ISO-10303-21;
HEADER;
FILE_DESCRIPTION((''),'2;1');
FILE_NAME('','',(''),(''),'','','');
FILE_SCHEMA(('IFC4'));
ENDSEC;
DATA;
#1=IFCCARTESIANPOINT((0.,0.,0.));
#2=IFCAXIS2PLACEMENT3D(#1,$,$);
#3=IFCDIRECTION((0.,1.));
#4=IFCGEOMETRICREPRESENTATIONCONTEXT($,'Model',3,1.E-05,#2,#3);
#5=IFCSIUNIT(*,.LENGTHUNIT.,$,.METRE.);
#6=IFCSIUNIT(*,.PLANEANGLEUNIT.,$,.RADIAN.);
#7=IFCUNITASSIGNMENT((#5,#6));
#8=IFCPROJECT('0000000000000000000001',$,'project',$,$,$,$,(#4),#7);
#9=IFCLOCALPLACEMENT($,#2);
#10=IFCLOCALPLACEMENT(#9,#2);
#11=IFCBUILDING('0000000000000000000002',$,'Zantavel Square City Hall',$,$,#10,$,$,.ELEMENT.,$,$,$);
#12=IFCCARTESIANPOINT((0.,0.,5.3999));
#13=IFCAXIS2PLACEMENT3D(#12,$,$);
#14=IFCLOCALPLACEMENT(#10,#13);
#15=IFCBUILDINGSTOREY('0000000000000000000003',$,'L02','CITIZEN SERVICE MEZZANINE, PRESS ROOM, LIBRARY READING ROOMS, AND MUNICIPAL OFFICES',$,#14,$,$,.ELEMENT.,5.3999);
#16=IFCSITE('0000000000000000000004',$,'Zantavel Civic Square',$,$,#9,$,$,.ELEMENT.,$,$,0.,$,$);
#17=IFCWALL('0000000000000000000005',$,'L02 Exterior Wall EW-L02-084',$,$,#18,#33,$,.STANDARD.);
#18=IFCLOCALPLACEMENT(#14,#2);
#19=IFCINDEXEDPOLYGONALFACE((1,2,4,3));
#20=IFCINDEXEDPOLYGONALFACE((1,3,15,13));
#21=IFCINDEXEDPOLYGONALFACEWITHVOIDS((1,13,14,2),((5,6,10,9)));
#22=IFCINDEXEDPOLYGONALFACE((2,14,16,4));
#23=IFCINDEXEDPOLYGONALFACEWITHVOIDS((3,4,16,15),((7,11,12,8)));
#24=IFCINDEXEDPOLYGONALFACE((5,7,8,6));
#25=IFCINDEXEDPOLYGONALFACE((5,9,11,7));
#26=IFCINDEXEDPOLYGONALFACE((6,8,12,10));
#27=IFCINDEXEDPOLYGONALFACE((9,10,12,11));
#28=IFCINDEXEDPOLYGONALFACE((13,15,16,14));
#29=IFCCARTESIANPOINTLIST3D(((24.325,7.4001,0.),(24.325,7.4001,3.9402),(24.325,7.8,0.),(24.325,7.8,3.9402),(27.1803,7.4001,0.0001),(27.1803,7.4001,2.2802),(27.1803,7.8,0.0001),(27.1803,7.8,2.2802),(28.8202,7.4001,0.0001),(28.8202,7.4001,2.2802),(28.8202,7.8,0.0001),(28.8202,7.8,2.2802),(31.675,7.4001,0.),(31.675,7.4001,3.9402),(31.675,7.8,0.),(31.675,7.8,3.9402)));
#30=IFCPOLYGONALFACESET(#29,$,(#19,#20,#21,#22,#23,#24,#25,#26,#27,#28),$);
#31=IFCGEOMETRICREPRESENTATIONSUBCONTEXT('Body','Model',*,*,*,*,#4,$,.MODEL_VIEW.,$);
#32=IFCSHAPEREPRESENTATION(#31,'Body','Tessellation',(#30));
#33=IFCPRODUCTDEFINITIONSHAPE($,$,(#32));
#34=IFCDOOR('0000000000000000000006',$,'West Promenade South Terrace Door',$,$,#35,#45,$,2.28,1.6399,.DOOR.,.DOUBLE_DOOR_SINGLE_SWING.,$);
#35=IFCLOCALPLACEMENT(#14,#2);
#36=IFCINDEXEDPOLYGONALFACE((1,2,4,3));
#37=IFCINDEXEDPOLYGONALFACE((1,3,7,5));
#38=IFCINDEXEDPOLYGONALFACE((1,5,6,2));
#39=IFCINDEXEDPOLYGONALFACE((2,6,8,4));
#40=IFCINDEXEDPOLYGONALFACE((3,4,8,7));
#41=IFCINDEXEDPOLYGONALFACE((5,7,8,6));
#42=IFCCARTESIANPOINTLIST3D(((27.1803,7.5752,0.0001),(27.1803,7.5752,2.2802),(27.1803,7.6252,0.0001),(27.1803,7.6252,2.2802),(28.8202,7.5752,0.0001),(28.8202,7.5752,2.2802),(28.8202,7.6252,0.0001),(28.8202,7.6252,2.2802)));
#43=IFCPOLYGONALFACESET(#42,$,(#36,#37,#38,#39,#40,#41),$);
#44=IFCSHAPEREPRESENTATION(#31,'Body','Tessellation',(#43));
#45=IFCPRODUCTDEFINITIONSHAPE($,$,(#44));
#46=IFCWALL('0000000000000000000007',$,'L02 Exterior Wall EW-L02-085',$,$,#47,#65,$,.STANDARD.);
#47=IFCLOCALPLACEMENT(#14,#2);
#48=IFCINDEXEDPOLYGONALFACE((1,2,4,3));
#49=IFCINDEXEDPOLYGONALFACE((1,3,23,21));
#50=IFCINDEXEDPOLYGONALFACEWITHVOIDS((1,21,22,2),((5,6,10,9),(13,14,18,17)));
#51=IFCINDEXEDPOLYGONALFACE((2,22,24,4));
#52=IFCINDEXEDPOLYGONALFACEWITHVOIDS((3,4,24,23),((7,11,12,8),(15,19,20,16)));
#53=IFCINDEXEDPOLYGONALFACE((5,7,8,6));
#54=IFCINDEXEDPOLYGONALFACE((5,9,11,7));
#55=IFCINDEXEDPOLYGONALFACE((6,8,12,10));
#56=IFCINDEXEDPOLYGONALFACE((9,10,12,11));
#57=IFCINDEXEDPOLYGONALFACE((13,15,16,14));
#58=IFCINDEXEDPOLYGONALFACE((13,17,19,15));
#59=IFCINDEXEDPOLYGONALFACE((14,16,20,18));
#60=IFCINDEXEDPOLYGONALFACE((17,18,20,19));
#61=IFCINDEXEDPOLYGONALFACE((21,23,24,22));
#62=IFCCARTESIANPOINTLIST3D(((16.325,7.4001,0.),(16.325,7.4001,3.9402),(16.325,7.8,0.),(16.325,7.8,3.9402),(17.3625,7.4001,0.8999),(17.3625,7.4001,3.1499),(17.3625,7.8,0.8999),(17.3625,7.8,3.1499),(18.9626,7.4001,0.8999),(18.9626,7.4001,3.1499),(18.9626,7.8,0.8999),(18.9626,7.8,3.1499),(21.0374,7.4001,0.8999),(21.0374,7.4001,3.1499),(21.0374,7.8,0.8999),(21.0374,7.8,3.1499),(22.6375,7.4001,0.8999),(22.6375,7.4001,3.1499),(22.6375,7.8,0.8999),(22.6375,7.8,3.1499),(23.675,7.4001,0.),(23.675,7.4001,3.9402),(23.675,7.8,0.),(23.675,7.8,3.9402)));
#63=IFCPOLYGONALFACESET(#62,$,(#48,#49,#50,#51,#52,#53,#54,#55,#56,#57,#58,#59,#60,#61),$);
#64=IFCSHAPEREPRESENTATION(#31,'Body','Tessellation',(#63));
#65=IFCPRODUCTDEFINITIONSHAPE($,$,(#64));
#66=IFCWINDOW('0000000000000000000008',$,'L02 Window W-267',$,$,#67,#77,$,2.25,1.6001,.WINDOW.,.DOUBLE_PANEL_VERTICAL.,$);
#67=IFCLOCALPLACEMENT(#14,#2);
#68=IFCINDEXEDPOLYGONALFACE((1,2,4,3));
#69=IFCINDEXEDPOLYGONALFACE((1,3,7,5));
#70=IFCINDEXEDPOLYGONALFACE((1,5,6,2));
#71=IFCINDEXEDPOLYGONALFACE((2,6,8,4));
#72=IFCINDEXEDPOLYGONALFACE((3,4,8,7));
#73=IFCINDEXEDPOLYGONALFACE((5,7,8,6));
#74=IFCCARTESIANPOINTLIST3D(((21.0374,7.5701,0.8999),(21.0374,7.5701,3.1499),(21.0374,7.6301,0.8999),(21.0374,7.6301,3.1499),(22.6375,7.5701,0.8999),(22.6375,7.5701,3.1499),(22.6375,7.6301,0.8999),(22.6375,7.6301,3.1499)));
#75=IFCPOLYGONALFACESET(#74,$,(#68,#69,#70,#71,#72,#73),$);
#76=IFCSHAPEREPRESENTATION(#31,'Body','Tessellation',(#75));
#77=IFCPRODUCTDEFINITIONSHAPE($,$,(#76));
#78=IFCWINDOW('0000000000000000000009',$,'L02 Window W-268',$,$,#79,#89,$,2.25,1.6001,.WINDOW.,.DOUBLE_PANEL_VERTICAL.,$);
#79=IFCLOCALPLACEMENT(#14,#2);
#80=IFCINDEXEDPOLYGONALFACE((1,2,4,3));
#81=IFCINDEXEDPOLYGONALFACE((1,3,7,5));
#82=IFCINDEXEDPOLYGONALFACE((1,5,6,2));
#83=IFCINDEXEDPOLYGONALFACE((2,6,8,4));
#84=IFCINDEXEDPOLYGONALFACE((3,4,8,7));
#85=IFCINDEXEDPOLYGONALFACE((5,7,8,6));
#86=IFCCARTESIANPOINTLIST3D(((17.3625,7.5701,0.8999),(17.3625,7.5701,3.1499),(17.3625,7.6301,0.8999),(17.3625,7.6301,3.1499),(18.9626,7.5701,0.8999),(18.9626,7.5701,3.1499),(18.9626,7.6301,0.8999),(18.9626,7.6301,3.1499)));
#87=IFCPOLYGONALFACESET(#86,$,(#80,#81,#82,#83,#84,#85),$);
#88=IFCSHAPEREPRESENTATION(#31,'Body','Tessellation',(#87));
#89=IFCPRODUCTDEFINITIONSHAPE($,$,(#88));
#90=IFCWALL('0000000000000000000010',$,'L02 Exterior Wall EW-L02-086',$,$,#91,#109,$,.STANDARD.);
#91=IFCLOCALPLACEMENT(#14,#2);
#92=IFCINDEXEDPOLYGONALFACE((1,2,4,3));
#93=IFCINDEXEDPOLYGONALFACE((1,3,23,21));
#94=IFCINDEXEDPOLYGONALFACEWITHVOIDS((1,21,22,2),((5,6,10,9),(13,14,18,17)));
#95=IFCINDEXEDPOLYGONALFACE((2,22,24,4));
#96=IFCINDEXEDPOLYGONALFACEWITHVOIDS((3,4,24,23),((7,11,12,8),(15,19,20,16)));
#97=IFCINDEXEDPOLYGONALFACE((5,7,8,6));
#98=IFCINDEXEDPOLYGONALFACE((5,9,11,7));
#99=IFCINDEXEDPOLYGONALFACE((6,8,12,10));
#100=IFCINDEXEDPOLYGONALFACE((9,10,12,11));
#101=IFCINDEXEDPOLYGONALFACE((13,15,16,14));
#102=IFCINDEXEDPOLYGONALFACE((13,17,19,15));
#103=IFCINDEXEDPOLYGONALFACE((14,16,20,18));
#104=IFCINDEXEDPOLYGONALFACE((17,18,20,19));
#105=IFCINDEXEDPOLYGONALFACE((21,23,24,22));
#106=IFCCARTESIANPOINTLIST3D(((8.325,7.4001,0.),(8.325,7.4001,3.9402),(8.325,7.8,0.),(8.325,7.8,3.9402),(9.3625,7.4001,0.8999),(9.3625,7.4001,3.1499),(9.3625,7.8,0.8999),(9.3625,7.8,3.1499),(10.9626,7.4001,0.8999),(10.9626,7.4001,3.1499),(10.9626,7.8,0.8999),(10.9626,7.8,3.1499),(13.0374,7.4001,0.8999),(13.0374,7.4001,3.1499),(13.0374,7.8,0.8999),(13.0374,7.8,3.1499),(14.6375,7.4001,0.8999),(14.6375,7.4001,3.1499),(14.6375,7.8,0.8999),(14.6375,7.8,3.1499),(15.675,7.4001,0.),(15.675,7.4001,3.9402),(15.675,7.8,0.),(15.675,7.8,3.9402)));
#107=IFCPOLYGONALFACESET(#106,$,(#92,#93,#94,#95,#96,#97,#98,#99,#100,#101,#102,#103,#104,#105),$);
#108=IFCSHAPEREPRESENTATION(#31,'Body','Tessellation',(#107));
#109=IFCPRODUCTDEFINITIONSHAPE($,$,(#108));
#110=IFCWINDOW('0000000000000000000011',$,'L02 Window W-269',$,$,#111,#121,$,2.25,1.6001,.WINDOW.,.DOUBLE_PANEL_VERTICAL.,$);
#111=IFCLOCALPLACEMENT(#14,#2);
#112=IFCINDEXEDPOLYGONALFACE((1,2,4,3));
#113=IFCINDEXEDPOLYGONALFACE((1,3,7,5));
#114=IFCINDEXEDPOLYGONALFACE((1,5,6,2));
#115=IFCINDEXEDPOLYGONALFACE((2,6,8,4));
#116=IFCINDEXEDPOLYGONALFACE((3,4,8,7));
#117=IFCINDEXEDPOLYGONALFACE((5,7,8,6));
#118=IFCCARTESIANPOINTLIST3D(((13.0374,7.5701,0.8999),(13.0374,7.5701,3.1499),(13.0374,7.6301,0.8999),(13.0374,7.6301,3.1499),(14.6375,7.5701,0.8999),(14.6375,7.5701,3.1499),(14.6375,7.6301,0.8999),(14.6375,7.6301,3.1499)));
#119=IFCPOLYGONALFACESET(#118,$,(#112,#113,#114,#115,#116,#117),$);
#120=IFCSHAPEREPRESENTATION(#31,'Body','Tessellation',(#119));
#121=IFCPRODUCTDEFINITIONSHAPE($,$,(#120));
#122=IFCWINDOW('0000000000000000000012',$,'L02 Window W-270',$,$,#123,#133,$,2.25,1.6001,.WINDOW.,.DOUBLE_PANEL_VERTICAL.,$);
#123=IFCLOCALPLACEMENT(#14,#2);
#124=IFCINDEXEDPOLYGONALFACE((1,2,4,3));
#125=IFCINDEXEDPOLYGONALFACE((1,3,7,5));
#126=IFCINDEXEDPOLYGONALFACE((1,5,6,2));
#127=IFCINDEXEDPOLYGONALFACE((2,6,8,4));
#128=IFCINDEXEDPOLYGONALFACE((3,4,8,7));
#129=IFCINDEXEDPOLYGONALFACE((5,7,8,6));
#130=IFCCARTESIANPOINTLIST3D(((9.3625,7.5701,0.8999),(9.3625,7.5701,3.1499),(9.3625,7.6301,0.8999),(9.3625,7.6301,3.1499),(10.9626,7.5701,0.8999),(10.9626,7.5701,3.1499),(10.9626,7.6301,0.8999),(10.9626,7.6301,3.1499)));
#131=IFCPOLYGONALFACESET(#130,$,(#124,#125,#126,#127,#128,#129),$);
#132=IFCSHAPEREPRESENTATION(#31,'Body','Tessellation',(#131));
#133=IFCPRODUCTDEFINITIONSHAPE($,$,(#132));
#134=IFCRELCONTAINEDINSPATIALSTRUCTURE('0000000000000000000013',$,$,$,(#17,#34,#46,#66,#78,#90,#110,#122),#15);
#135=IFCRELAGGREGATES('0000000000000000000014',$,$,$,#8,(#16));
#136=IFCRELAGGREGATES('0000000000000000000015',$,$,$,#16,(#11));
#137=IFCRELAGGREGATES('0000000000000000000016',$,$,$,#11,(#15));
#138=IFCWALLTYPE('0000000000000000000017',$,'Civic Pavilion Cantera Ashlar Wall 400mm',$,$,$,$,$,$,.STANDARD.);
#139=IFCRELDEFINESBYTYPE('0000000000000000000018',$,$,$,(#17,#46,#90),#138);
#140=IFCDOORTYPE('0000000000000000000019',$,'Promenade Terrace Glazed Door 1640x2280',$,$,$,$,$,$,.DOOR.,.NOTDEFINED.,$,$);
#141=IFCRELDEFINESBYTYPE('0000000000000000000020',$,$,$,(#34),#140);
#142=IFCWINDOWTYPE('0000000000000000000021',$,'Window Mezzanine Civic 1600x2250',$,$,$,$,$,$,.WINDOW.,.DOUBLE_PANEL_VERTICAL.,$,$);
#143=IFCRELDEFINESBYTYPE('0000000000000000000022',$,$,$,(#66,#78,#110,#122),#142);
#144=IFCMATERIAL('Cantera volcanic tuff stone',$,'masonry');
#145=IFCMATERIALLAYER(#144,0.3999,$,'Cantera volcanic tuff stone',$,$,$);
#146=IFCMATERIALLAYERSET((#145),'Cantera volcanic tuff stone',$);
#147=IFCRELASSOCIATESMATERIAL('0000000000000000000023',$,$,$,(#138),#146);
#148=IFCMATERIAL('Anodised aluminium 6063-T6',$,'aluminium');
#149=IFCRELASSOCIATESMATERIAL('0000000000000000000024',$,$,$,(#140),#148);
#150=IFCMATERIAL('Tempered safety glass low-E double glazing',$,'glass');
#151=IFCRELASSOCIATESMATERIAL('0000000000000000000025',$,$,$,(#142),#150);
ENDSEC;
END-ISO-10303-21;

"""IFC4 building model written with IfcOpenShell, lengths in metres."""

from ifc_helpers import new_model, si_unit, direction, frame, frame_2d, origin, place, context, subcontext, project, spatial, rectangle, extrude, material, layer, layer_set, type_object, element, fill, save


model = new_model("IFC4")

# Units and contexts
model_context = context("Model", 3, precision=1e-05, world=origin(), true_north=direction((0.0, 1.0)))
body_context = subcontext(model_context, "Body", "Model", "MODEL_VIEW")
ifc_project = project(units=[si_unit("LENGTHUNIT", "METRE"), si_unit("PLANEANGLEUNIT", "RADIAN")], contexts=[model_context])

# Site, building, storey
site_placement = place(None, origin())
site = spatial("IfcSite", under=ifc_project, at=site_placement, Name="Zantavel Civic Square", CompositionType="ELEMENT", RefElevation=0.0)
building_placement = place(site_placement, origin())
building = spatial("IfcBuilding", under=site, at=building_placement, Name="Zantavel Square City Hall", CompositionType="ELEMENT")
storey_placement = place(building_placement, frame((0.0, 0.0, 5.3999)))
storey = spatial("IfcBuildingStorey", under=building, at=storey_placement, Name="L02", Description="CITIZEN SERVICE MEZZANINE, PRESS ROOM, LIBRARY READING ROOMS, AND MUNICIPAL OFFICES", CompositionType="ELEMENT", Elevation=5.3999)

# Wall, opening, door
ifc_material_1 = material(Name="Cantera volcanic tuff stone", Category="masonry")
ifc_layer_1 = layer(ifc_material_1, 0.3999, Name="Cantera volcanic tuff stone")
ifc_layer_set_1 = layer_set([ifc_layer_1], Name="Cantera volcanic tuff stone")
wall_type_1 = type_object("IfcWallType", Name="Civic Pavilion Cantera Ashlar Wall 400mm", PredefinedType="STANDARD", material=ifc_layer_set_1)
wall_1_placement = place(storey_placement, frame((31.675, 7.6001, 0.0), z_axis=(0.0, 0.0, 1.0), x_axis=(-1.0, 0.0, 0.0)))
wall_1 = element("IfcWall", 1, at=wall_1_placement, inside=storey, type_object=wall_type_1, Name="L02 Exterior Wall EW-L02-084", PredefinedType="STANDARD", context=body_context, shape_type="SweptSolid", body=[
    extrude(rectangle(XDim=7.3501, YDim=0.3999, at=frame_2d((3.675, 0.0))), origin(), (0.0, 0.0, 1.0), 3.9402),
])
opening_1_placement = place(wall_1_placement, frame((2.855, 0.0, 0.0)))
opening_1 = element("IfcOpeningElement", 2, at=opening_1_placement, cuts=wall_1, PredefinedType="OPENING", context=body_context, shape_type="SweptSolid", body=[
    extrude(rectangle(XDim=1.6399, YDim=2.28, at=frame_2d((0.8198, 1.1401))), frame((0.0, 0.21, 0.0), z_axis=(0.0, -1.0, 0.0), x_axis=(1.0, 0.0, 0.0)), (0.0, 0.0, 1.0), 0.4199),
])
ifc_material_2 = material(Name="Anodised aluminium 6063-T6", Category="aluminium")
door_type = type_object("IfcDoorType", Name="Promenade Terrace Glazed Door 1640x2280", OperationType="NOTDEFINED", PredefinedType="DOOR", material=ifc_material_2)
door_placement = place(opening_1_placement, origin())
door = element("IfcDoor", 3, at=door_placement, inside=storey, type_object=door_type, Name="West Promenade South Terrace Door", OperationType="DOUBLE_DOOR_SINGLE_SWING", OverallHeight=2.28, OverallWidth=1.6399, PredefinedType="DOOR", context=body_context, shape_type="SweptSolid", body=[
    extrude(rectangle(XDim=1.6399, YDim=2.28, at=frame_2d((0.8198, 1.1401))), frame((0.0, 0.0249, 0.0), z_axis=(0.0, -1.0, 0.0), x_axis=(1.0, 0.0, 0.0)), (0.0, 0.0, 1.0), 0.05),
])
fill(opening_1, door)

# Walls, openings, windows
wall_2_placement = place(storey_placement, frame((23.675, 7.6001, 0.0), z_axis=(0.0, 0.0, 1.0), x_axis=(-1.0, 0.0, 0.0)))
wall_2 = element("IfcWall", 4, at=wall_2_placement, inside=storey, type_object=wall_type_1, Name="L02 Exterior Wall EW-L02-085", PredefinedType="STANDARD", context=body_context, shape_type="SweptSolid", body=[
    extrude(rectangle(XDim=7.3501, YDim=0.3999, at=frame_2d((3.675, 0.0))), origin(), (0.0, 0.0, 1.0), 3.9402),
])
opening_2_placement = place(wall_2_placement, frame((1.0376, 0.0, 0.8999)))
opening_2 = element("IfcOpeningElement", 5, at=opening_2_placement, cuts=wall_2, PredefinedType="OPENING", context=body_context, shape_type="SweptSolid", body=[
    extrude(rectangle(XDim=1.6001, YDim=2.25, at=frame_2d((0.8, 1.125))), frame((0.0, 0.21, 0.0), z_axis=(0.0, -1.0, 0.0), x_axis=(1.0, 0.0, 0.0)), (0.0, 0.0, 1.0), 0.4199),
])
opening_3_placement = place(wall_2_placement, frame((4.7124, 0.0, 0.8999)))
opening_3 = element("IfcOpeningElement", 6, at=opening_3_placement, cuts=wall_2, PredefinedType="OPENING", context=body_context, shape_type="SweptSolid", body=[
    extrude(rectangle(XDim=1.6001, YDim=2.25, at=frame_2d((0.8, 1.125))), frame((0.0, 0.21, 0.0), z_axis=(0.0, -1.0, 0.0), x_axis=(1.0, 0.0, 0.0)), (0.0, 0.0, 1.0), 0.4199),
])
ifc_material_3 = material(Name="Tempered safety glass low-E double glazing", Category="glass")
window_type_1 = type_object("IfcWindowType", Name="Window Mezzanine Civic 1600x2250", PartitioningType="DOUBLE_PANEL_VERTICAL", PredefinedType="WINDOW", material=ifc_material_3)
window_1_placement = place(opening_2_placement, origin())
window_1 = element("IfcWindow", 7, at=window_1_placement, inside=storey, type_object=window_type_1, Name="L02 Window W-267", OverallHeight=2.25, OverallWidth=1.6001, PartitioningType="DOUBLE_PANEL_VERTICAL", PredefinedType="WINDOW", context=body_context, shape_type="SweptSolid", body=[
    extrude(rectangle(XDim=1.6001, YDim=2.25, at=frame_2d((0.8, 1.125))), frame((0.0, 0.03, 0.0), z_axis=(0.0, -1.0, 0.0), x_axis=(1.0, 0.0, 0.0)), (0.0, 0.0, 1.0), 0.0601),
])
fill(opening_2, window_1)
window_2_placement = place(opening_3_placement, origin())
window_2 = element("IfcWindow", 8, at=window_2_placement, inside=storey, type_object=window_type_1, Name="L02 Window W-268", OverallHeight=2.25, OverallWidth=1.6001, PartitioningType="DOUBLE_PANEL_VERTICAL", PredefinedType="WINDOW", context=body_context, shape_type="SweptSolid", body=[
    extrude(rectangle(XDim=1.6001, YDim=2.25, at=frame_2d((0.8, 1.125))), frame((0.0, 0.03, 0.0), z_axis=(0.0, -1.0, 0.0), x_axis=(1.0, 0.0, 0.0)), (0.0, 0.0, 1.0), 0.0601),
])
fill(opening_3, window_2)
wall_3_placement = place(storey_placement, frame((15.675, 7.6001, 0.0), z_axis=(0.0, 0.0, 1.0), x_axis=(-1.0, 0.0, 0.0)))
wall_3 = element("IfcWall", 9, at=wall_3_placement, inside=storey, type_object=wall_type_1, Name="L02 Exterior Wall EW-L02-086", PredefinedType="STANDARD", context=body_context, shape_type="SweptSolid", body=[
    extrude(rectangle(XDim=7.3501, YDim=0.3999, at=frame_2d((3.675, 0.0))), origin(), (0.0, 0.0, 1.0), 3.9402),
])
opening_4_placement = place(wall_3_placement, frame((1.0376, 0.0, 0.8999)))
opening_4 = element("IfcOpeningElement", 10, at=opening_4_placement, cuts=wall_3, PredefinedType="OPENING", context=body_context, shape_type="SweptSolid", body=[
    extrude(rectangle(XDim=1.6001, YDim=2.25, at=frame_2d((0.8, 1.125))), frame((0.0, 0.21, 0.0), z_axis=(0.0, -1.0, 0.0), x_axis=(1.0, 0.0, 0.0)), (0.0, 0.0, 1.0), 0.4199),
])
opening_5_placement = place(wall_3_placement, frame((4.7124, 0.0, 0.8999)))
opening_5 = element("IfcOpeningElement", 11, at=opening_5_placement, cuts=wall_3, PredefinedType="OPENING", context=body_context, shape_type="SweptSolid", body=[
    extrude(rectangle(XDim=1.6001, YDim=2.25, at=frame_2d((0.8, 1.125))), frame((0.0, 0.21, 0.0), z_axis=(0.0, -1.0, 0.0), x_axis=(1.0, 0.0, 0.0)), (0.0, 0.0, 1.0), 0.4199),
])
window_3_placement = place(opening_4_placement, origin())
window_3 = element("IfcWindow", 12, at=window_3_placement, inside=storey, type_object=window_type_1, Name="L02 Window W-269", OverallHeight=2.25, OverallWidth=1.6001, PartitioningType="DOUBLE_PANEL_VERTICAL", PredefinedType="WINDOW", context=body_context, shape_type="SweptSolid", body=[
    extrude(rectangle(XDim=1.6001, YDim=2.25, at=frame_2d((0.8, 1.125))), frame((0.0, 0.03, 0.0), z_axis=(0.0, -1.0, 0.0), x_axis=(1.0, 0.0, 0.0)), (0.0, 0.0, 1.0), 0.0601),
])
fill(opening_4, window_3)
window_4_placement = place(opening_5_placement, origin())
window_4 = element("IfcWindow", 13, at=window_4_placement, inside=storey, type_object=window_type_1, Name="L02 Window W-270", OverallHeight=2.25, OverallWidth=1.6001, PartitioningType="DOUBLE_PANEL_VERTICAL", PredefinedType="WINDOW", context=body_context, shape_type="SweptSolid", body=[
    extrude(rectangle(XDim=1.6001, YDim=2.25, at=frame_2d((0.8, 1.125))), frame((0.0, 0.03, 0.0), z_axis=(0.0, -1.0, 0.0), x_axis=(1.0, 0.0, 0.0)), (0.0, 0.0, 1.0), 0.0601),
])
fill(opening_5, window_4)

save(model, "model.ifc")
